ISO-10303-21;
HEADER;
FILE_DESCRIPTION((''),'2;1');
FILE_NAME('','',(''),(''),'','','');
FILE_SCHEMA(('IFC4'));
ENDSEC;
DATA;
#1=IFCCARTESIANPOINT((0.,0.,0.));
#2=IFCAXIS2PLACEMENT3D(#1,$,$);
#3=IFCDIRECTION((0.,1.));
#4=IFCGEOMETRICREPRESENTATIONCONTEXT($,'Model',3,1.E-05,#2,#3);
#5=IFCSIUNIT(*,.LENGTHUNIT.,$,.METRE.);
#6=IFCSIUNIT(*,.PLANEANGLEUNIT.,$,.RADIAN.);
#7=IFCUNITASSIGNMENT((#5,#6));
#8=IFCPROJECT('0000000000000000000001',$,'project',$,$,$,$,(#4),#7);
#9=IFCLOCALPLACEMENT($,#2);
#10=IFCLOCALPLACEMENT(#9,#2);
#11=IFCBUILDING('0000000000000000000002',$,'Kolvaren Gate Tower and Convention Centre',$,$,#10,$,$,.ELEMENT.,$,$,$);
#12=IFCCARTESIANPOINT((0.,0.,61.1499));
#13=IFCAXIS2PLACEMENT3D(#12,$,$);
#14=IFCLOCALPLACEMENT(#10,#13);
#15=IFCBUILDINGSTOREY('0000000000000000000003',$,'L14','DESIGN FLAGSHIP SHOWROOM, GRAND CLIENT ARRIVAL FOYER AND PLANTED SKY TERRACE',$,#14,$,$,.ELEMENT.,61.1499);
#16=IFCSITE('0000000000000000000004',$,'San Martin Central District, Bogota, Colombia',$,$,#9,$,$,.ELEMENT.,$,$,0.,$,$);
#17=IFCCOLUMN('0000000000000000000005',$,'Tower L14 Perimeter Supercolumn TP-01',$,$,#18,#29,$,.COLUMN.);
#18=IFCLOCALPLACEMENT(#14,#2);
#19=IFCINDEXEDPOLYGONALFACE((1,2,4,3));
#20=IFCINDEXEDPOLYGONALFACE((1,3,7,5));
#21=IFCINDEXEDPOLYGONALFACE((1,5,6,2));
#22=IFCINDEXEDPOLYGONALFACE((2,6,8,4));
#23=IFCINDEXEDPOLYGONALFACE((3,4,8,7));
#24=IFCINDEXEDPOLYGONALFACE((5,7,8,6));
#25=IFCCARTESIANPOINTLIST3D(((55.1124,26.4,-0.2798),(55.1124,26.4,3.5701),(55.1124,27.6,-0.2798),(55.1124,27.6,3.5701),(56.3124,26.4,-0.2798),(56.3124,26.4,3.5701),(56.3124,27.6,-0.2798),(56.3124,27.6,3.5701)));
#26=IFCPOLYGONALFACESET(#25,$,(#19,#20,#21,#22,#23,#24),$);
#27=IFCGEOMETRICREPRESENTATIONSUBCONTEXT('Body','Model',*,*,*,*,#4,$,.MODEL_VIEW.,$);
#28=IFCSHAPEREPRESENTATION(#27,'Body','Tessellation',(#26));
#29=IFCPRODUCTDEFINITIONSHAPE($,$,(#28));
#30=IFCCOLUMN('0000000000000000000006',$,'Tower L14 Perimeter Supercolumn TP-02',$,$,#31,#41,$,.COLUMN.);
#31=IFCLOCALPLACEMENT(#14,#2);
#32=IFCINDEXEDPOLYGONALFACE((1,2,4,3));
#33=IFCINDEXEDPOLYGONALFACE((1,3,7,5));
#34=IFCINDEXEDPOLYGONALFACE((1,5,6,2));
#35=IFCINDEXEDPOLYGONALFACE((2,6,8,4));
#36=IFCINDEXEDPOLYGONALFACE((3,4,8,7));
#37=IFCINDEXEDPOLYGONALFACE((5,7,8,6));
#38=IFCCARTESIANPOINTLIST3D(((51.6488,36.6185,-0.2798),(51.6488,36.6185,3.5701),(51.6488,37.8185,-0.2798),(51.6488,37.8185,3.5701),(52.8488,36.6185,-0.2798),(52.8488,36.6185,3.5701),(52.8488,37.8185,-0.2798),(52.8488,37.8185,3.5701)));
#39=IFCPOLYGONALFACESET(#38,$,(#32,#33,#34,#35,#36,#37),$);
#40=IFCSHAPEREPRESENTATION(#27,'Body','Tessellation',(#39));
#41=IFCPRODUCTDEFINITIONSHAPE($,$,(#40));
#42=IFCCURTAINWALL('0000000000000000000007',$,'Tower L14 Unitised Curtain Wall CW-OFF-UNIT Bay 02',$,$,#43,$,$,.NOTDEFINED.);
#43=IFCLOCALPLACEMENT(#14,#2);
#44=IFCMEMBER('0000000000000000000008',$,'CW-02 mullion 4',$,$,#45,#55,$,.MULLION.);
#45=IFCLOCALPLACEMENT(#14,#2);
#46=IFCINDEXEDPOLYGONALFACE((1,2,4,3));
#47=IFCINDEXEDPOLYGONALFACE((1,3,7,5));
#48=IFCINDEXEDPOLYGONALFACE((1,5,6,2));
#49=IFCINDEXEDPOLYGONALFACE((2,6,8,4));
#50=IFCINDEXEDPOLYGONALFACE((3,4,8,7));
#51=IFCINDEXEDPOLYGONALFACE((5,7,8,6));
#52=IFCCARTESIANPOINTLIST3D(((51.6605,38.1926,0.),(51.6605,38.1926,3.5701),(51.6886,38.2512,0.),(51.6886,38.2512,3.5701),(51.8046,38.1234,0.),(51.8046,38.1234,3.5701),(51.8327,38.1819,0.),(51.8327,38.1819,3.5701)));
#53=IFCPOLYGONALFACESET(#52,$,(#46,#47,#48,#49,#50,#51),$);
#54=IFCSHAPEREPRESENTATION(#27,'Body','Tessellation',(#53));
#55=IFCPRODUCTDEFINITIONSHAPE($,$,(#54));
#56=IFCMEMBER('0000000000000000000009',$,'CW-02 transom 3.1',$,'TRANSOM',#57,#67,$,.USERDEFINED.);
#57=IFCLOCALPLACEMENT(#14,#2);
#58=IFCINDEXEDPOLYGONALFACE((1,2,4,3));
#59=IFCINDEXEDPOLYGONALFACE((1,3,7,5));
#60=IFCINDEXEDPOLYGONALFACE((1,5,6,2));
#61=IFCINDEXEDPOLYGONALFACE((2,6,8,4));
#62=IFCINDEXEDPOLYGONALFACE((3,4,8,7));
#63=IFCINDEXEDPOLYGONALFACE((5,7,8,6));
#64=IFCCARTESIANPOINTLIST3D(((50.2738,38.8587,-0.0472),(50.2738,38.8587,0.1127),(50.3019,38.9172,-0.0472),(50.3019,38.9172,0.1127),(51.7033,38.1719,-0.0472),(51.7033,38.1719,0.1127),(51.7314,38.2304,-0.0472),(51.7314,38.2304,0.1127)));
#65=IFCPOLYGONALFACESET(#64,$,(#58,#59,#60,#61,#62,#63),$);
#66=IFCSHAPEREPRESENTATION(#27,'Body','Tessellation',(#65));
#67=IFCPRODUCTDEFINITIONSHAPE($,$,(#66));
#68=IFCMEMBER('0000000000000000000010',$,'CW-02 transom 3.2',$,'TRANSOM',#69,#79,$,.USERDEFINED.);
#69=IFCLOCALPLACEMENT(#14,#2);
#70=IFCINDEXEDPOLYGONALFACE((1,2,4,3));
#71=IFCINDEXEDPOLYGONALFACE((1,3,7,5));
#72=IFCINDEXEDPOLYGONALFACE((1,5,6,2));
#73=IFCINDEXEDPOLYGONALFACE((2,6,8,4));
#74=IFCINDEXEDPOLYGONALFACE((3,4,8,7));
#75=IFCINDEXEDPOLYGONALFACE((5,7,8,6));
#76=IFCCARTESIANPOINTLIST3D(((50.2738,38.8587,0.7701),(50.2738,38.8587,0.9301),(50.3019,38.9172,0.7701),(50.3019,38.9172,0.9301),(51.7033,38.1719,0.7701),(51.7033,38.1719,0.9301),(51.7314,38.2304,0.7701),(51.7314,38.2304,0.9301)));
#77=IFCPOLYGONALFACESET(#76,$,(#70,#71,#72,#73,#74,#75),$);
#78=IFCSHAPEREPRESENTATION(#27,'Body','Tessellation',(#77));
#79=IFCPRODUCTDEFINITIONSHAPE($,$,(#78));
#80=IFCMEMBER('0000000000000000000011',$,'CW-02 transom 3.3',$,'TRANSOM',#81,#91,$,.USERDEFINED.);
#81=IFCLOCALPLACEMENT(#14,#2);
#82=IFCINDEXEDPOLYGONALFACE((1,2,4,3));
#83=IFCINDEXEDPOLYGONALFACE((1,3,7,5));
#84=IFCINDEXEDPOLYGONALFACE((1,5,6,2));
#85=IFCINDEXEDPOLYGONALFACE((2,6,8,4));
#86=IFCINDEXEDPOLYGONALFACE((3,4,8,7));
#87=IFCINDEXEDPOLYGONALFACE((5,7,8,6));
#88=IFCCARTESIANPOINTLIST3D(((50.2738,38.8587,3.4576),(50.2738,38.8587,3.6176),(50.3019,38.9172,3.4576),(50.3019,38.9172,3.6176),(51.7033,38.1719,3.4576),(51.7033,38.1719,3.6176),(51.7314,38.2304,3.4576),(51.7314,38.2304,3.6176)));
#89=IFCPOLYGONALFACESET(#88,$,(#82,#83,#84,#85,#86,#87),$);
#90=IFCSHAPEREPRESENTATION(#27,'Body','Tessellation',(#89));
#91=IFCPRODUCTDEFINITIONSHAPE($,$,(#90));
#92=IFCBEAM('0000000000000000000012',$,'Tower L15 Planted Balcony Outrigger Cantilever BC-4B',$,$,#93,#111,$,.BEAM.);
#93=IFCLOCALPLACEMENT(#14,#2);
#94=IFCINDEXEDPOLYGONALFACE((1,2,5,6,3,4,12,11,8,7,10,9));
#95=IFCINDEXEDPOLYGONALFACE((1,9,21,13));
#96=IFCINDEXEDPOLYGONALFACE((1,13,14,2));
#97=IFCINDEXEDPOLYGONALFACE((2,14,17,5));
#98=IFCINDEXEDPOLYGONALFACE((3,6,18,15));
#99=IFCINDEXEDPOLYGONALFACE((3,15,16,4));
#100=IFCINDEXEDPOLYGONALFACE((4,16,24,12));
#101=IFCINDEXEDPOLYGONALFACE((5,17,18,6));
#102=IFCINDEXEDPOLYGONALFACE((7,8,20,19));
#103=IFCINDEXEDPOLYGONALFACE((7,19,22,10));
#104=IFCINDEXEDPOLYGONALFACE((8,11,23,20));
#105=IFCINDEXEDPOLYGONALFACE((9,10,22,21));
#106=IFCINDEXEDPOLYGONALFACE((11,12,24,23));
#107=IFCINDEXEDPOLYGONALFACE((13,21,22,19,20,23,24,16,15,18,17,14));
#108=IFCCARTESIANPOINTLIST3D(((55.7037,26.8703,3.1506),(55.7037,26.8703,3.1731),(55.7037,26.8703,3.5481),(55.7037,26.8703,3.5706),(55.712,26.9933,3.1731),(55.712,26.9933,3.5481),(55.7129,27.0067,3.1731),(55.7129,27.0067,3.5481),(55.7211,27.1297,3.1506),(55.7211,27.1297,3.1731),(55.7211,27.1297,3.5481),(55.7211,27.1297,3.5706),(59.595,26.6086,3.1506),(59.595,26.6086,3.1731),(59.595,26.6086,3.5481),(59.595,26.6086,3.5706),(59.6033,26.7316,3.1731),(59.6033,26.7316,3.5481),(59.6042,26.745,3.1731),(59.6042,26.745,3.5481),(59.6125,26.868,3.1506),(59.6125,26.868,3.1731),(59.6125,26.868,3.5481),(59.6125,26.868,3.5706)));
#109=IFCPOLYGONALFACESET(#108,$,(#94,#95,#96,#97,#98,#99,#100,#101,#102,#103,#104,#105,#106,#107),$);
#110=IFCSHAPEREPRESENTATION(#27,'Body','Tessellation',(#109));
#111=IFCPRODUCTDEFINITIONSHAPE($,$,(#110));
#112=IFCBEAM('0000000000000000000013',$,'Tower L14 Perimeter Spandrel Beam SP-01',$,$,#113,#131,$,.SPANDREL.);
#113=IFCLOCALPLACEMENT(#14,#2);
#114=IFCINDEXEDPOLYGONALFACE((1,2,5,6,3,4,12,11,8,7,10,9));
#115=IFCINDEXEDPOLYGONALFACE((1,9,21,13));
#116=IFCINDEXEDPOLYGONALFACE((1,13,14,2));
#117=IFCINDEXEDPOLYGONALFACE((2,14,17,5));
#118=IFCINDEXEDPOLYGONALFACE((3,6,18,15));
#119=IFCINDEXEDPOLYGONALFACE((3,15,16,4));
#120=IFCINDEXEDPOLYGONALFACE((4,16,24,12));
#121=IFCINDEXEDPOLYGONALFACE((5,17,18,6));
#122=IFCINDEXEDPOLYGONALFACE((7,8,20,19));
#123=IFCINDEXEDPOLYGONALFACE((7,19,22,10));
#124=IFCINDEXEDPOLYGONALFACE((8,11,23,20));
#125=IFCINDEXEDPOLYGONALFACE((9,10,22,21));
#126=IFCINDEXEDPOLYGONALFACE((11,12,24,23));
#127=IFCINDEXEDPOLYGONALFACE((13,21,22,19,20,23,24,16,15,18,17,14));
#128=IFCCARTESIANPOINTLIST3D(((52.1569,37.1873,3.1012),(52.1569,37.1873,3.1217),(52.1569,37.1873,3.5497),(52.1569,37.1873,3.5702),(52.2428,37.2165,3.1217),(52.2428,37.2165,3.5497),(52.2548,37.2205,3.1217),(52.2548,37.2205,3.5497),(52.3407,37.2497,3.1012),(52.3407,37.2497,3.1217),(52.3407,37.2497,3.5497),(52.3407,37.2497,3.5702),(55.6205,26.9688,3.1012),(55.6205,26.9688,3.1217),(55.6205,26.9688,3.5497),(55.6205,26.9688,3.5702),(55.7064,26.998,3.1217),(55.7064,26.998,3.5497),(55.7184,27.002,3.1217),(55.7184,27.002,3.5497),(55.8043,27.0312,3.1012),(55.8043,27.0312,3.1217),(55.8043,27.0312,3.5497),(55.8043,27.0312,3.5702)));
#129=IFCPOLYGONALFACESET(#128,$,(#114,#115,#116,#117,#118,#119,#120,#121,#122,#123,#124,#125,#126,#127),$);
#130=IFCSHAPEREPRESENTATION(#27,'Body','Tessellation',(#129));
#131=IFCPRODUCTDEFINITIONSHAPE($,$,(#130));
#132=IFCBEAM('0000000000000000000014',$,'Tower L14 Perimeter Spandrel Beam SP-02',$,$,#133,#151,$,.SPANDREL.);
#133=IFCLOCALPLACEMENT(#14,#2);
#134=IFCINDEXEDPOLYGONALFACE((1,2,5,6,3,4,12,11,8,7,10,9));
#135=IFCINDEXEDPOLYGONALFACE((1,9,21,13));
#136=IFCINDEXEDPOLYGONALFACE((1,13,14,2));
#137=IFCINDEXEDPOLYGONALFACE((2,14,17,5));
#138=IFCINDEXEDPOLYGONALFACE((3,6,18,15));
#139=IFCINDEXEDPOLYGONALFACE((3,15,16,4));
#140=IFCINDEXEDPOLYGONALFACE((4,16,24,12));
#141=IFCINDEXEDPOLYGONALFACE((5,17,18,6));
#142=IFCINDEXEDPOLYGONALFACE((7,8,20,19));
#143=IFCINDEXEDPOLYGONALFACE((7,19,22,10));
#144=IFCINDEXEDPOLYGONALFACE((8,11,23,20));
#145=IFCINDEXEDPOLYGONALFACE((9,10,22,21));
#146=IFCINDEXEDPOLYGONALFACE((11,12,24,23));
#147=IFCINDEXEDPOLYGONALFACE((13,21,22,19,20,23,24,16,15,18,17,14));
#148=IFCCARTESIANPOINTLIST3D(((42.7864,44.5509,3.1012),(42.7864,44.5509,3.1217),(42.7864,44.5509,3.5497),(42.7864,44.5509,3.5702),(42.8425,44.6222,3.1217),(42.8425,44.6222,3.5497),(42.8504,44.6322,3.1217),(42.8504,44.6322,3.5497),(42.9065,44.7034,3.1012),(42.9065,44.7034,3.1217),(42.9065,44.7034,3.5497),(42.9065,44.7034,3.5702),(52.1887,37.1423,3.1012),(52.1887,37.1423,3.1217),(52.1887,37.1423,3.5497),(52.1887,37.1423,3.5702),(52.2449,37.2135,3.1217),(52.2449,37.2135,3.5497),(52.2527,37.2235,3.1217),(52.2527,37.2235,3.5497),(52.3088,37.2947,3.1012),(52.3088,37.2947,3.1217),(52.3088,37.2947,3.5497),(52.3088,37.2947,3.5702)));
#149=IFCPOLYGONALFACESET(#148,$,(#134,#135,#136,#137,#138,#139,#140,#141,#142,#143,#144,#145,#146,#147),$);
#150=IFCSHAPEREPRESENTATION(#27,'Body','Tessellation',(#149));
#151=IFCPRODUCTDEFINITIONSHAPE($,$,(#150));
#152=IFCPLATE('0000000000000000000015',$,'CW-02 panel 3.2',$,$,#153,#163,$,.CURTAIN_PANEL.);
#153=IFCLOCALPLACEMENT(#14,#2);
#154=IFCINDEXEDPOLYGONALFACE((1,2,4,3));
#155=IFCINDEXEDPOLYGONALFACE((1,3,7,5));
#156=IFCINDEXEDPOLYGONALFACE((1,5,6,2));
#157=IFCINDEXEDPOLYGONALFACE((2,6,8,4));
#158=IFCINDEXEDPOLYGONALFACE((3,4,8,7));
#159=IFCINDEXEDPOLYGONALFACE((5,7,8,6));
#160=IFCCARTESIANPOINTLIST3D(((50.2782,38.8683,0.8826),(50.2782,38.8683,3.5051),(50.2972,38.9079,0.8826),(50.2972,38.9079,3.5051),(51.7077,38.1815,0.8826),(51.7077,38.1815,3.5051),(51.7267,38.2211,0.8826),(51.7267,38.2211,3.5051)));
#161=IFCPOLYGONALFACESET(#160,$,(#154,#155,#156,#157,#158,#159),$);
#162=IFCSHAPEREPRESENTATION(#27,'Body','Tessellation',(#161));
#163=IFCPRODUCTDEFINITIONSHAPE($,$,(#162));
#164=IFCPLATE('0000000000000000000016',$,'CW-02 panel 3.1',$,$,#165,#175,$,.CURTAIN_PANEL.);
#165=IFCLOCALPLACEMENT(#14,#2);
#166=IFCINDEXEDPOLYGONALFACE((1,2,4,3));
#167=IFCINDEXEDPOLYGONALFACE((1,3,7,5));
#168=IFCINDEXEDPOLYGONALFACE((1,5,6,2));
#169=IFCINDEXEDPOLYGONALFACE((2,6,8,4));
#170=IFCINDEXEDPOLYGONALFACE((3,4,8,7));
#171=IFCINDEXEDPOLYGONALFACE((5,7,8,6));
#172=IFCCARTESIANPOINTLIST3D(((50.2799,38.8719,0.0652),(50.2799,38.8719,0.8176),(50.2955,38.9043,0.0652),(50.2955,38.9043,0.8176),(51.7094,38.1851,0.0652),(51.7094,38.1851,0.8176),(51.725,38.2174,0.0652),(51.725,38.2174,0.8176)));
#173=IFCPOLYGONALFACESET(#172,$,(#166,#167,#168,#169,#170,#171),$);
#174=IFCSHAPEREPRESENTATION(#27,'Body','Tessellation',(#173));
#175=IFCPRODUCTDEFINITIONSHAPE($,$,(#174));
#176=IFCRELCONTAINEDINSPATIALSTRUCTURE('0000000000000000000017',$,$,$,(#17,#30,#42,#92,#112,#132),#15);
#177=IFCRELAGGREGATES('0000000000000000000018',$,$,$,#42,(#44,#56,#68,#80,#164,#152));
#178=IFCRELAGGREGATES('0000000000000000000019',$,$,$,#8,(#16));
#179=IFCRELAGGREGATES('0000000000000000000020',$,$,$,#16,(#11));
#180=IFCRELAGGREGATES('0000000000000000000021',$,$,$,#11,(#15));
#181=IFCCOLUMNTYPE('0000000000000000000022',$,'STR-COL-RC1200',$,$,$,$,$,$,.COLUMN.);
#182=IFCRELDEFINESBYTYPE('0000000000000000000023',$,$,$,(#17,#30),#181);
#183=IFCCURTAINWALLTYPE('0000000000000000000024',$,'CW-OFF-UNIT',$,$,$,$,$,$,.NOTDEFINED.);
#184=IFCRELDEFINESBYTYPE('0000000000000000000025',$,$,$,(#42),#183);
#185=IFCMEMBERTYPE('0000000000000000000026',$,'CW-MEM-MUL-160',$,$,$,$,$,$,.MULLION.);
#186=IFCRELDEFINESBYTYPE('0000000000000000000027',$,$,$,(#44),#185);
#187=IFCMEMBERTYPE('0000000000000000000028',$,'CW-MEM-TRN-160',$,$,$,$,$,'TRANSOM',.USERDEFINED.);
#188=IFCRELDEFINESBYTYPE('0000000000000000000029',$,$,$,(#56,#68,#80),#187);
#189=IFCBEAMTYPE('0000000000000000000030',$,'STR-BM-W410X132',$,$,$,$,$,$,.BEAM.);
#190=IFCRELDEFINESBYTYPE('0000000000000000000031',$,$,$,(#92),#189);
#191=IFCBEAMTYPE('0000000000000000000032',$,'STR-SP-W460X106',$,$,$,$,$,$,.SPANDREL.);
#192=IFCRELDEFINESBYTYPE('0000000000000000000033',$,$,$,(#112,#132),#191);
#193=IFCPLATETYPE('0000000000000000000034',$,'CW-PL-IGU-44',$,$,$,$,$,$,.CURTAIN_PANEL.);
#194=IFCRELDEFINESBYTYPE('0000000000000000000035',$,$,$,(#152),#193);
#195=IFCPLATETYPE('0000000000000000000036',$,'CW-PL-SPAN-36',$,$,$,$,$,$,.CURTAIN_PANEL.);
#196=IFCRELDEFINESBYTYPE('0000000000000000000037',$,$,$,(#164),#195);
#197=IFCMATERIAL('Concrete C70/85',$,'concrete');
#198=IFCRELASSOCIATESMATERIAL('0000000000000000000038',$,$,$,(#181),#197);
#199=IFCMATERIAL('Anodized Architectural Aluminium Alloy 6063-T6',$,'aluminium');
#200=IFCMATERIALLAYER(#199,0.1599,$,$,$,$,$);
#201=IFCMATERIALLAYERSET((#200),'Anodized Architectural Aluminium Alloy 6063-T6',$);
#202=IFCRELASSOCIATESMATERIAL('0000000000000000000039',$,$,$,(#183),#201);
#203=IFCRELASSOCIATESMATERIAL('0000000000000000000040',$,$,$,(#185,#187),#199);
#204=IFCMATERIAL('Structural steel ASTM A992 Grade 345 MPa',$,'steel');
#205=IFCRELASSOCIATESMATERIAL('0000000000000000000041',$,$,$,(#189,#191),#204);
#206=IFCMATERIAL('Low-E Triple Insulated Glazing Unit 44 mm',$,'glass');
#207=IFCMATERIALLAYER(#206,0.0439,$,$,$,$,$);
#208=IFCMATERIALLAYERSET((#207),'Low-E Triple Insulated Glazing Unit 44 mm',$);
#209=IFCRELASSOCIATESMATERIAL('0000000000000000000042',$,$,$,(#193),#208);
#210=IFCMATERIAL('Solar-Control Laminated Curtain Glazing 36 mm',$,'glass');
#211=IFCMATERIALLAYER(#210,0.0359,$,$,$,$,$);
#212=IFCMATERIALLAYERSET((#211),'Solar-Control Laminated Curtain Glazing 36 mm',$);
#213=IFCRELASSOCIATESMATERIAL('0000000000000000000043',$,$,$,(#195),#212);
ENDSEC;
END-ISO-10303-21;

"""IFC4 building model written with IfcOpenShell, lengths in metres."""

from ifc_helpers import new_model, si_unit, direction, frame, origin, origin_2d, place, context, subcontext, project, spatial, rectangle, i_section, extrude, material, layer, layer_set, material_profile, profile_set, type_object, element, aggregate, save


model = new_model("IFC4")

# Units and contexts
model_context = context("Model", 3, precision=1e-05, world=origin(), true_north=direction((0.0, 1.0)))
body_context = subcontext(model_context, "Body", "Model", "MODEL_VIEW")
ifc_project = project(units=[si_unit("LENGTHUNIT", "METRE"), si_unit("PLANEANGLEUNIT", "RADIAN")], contexts=[model_context])

# Site, building, storey
site_placement = place(None, origin())
site = spatial("IfcSite", under=ifc_project, at=site_placement, Name="San Martin Central District, Bogota, Colombia", CompositionType="ELEMENT", RefElevation=0.0)
building_placement = place(site_placement, origin())
building = spatial("IfcBuilding", under=site, at=building_placement, Name="Kolvaren Gate Tower and Convention Centre", CompositionType="ELEMENT")
storey_placement = place(building_placement, frame((0.0, 0.0, 61.1499)))
storey = spatial("IfcBuildingStorey", under=building, at=storey_placement, Name="L14", Description="DESIGN FLAGSHIP SHOWROOM, GRAND CLIENT ARRIVAL FOYER AND PLANTED SKY TERRACE", CompositionType="ELEMENT", Elevation=61.1499)

# Columns
ifc_material_1 = material(Name="Concrete C70/85", Category="concrete")
ifc_material_profile_1 = material_profile(ifc_material_1, rectangle(XDim=1.2, YDim=1.2, at=origin_2d()), Name="RC-COL-1200X1200")
ifc_profile_set_1 = profile_set([ifc_material_profile_1], Name="Concrete C70/85")
column_type = type_object("IfcColumnType", Name="STR-COL-RC1200", PredefinedType="COLUMN", material=ifc_profile_set_1)
for number, where, z_axis, x_axis, name in (
    (1, (55.7124, 27.0, -0.2798), (0.0, 0.0, 1.0), (1.0, 0.0, 0.0), "Tower L14 Perimeter Supercolumn TP-01"),
    (2, (52.2488, 37.2185, -0.2798), (0.0, 0.0, 1.0), (1.0, 0.0, 0.0), "Tower L14 Perimeter Supercolumn TP-02"),
):
    element("IfcColumn", number, at=place(storey_placement, frame(where, z_axis=z_axis, x_axis=x_axis)), inside=storey, type_object=column_type, Name=name, PredefinedType="COLUMN", context=body_context, shape_type="SweptSolid", body=[
        extrude(rectangle(XDim=1.2, YDim=1.2, at=origin_2d()), origin(), (0.0, 0.0, 1.0), 3.8499),
    ])

# Curtain wall, members
ifc_material_2 = material(Name="Anodized Architectural Aluminium Alloy 6063-T6", Category="aluminium")
ifc_layer_1 = layer(ifc_material_2, 0.1599)
ifc_layer_set_1 = layer_set([ifc_layer_1], Name="Anodized Architectural Aluminium Alloy 6063-T6")
curtain_wall_type = type_object("IfcCurtainWallType", Name="CW-OFF-UNIT", PredefinedType="NOTDEFINED", material=ifc_layer_set_1)
curtain_wall_placement = place(storey_placement, origin())
curtain_wall = element("IfcCurtainWall", 3, at=curtain_wall_placement, inside=storey, type_object=curtain_wall_type, Name="Tower L14 Unitised Curtain Wall CW-OFF-UNIT Bay 02", PredefinedType="NOTDEFINED")
ifc_material_profile_2 = material_profile(ifc_material_2, rectangle(XDim=0.0649, YDim=0.1599, at=origin_2d()), Name="CW-MEM-MUL-160")
ifc_profile_set_2 = profile_set([ifc_material_profile_2], Name="Anodized Architectural Aluminium Alloy 6063-T6")
member_type_1 = type_object("IfcMemberType", Name="CW-MEM-MUL-160", PredefinedType="MULLION", material=ifc_profile_set_2)
member_1_placement = place(storey_placement, frame((51.7466, 38.1873, 0.0), z_axis=(0.0, 0.0, 1.0), x_axis=(0.433067, 0.901362, 0.0)))
member_1 = element("IfcMember", 4, at=member_1_placement, type_object=member_type_1, Name="CW-02 mullion 4", PredefinedType="MULLION", context=body_context, shape_type="SweptSolid", body=[
    extrude(rectangle(XDim=0.0649, YDim=0.1599, at=origin_2d()), origin(), (0.0, 0.0, 1.0), 3.5701),
])
ifc_material_profile_3 = material_profile(ifc_material_2, rectangle(XDim=0.0649, YDim=0.1599, at=origin_2d()), Name="CW-MEM-TRN-160")
ifc_profile_set_3 = profile_set([ifc_material_profile_3], Name="Anodized Architectural Aluminium Alloy 6063-T6")
member_type_2 = type_object("IfcMemberType", Name="CW-MEM-TRN-160", ElementType="TRANSOM", PredefinedType="USERDEFINED", material=ifc_profile_set_3)
member_2_placement = place(storey_placement, frame((50.2878, 38.8879, 0.0327), z_axis=(0.901367, -0.433056, 0.0), x_axis=(0.433056, 0.901367, 0.0)))
member_2 = element("IfcMember", 5, at=member_2_placement, type_object=member_type_2, Name="CW-02 transom 3.1", ObjectType="TRANSOM", PredefinedType="USERDEFINED", context=body_context, shape_type="SweptSolid", body=[
    extrude(rectangle(XDim=0.0649, YDim=0.1599, at=origin_2d()), origin(), (0.0, 0.0, 1.0), 1.5859),
])
member_3_placement = place(storey_placement, frame((50.2878, 38.8879, 0.8501), z_axis=(0.901367, -0.433056, 0.0), x_axis=(0.433056, 0.901367, 0.0)))
member_3 = element("IfcMember", 6, at=member_3_placement, type_object=member_type_2, Name="CW-02 transom 3.2", ObjectType="TRANSOM", PredefinedType="USERDEFINED", context=body_context, shape_type="SweptSolid", body=[
    extrude(rectangle(XDim=0.0649, YDim=0.1599, at=origin_2d()), origin(), (0.0, 0.0, 1.0), 1.5859),
])
member_4_placement = place(storey_placement, frame((50.2878, 38.8879, 3.5376), z_axis=(0.901367, -0.433056, 0.0), x_axis=(0.433056, 0.901367, 0.0)))
member_4 = element("IfcMember", 7, at=member_4_placement, type_object=member_type_2, Name="CW-02 transom 3.3", ObjectType="TRANSOM", PredefinedType="USERDEFINED", context=body_context, shape_type="SweptSolid", body=[
    extrude(rectangle(XDim=0.0649, YDim=0.1599, at=origin_2d()), origin(), (0.0, 0.0, 1.0), 1.5859),
])

# Beams
ifc_material_3 = material(Name="Structural steel ASTM A992 Grade 345 MPa", Category="steel")
ifc_material_profile_4 = material_profile(ifc_material_3, i_section(OverallWidth=0.26, OverallDepth=0.4199, WebThickness=0.0134, FlangeThickness=0.0225, at=origin_2d()), Name="W410X132")
ifc_profile_set_4 = profile_set([ifc_material_profile_4], Name="Structural steel ASTM A992 Grade 345 MPa")
beam_type_1 = type_object("IfcBeamType", Name="STR-BM-W410X132", PredefinedType="BEAM", material=ifc_profile_set_4)
beam_1_placement = place(storey_placement, frame((55.7124, 27.0, 3.3606), z_axis=(0.997746, -0.067105, 0.0), x_axis=(0.067105, 0.997746, 0.0)))
element("IfcBeam", 8, at=beam_1_placement, inside=storey, type_object=beam_type_1, Name="Tower L15 Planted Balcony Outrigger Cantilever BC-4B", PredefinedType="BEAM", context=body_context, shape_type="SweptSolid", body=[
    extrude(i_section(OverallWidth=0.26, OverallDepth=0.4199, WebThickness=0.0134, FlangeThickness=0.0225, at=origin_2d()), origin(), (0.0, 0.0, 1.0), 3.9001),
])
ifc_material_profile_5 = material_profile(ifc_material_3, i_section(OverallWidth=0.1941, OverallDepth=0.469, WebThickness=0.0127, FlangeThickness=0.0205, at=origin_2d()), Name="W460X106")
ifc_profile_set_5 = profile_set([ifc_material_profile_5], Name="Structural steel ASTM A992 Grade 345 MPa")
beam_type_2 = type_object("IfcBeamType", Name="STR-SP-W460X106", PredefinedType="SPANDREL", material=ifc_profile_set_5)
beam_2_placement = place(storey_placement, frame((55.7124, 27.0, 3.3357), z_axis=(-0.321016, 0.947074, 0.0), x_axis=(-0.947074, -0.321016, 0.0)))
element("IfcBeam", 9, at=beam_2_placement, inside=storey, type_object=beam_type_2, Name="Tower L14 Perimeter Spandrel Beam SP-01", PredefinedType="SPANDREL", context=body_context, shape_type="SweptSolid", body=[
    extrude(i_section(OverallWidth=0.1941, OverallDepth=0.469, WebThickness=0.0127, FlangeThickness=0.0205, at=origin_2d()), origin(), (0.0, 0.0, 1.0), 10.7896),
])
beam_3_placement = place(storey_placement, frame((52.2488, 37.2185, 3.3357), z_axis=(-0.78546, 0.618913, 0.0), x_axis=(-0.618913, -0.78546, 0.0)))
element("IfcBeam", 10, at=beam_3_placement, inside=storey, type_object=beam_type_2, Name="Tower L14 Perimeter Spandrel Beam SP-02", PredefinedType="SPANDREL", context=body_context, shape_type="SweptSolid", body=[
    extrude(i_section(OverallWidth=0.1941, OverallDepth=0.469, WebThickness=0.0127, FlangeThickness=0.0205, at=origin_2d()), origin(), (0.0, 0.0, 1.0), 11.9705),
])

# Plates
ifc_material_4 = material(Name="Low-E Triple Insulated Glazing Unit 44 mm", Category="glass")
ifc_layer_2 = layer(ifc_material_4, 0.0439)
ifc_layer_set_2 = layer_set([ifc_layer_2], Name="Low-E Triple Insulated Glazing Unit 44 mm")
plate_type_1 = type_object("IfcPlateType", Name="CW-PL-IGU-44", PredefinedType="CURTAIN_PANEL", material=ifc_layer_set_2)
plate_1_placement = place(storey_placement, frame((51.0024, 38.5447, 0.8826), z_axis=(0.0, 0.0, 1.0), x_axis=(0.901362, -0.433067, 0.0)))
plate_1 = element("IfcPlate", 11, at=plate_1_placement, type_object=plate_type_1, Name="CW-02 panel 3.2", PredefinedType="CURTAIN_PANEL", context=body_context, shape_type="SweptSolid", body=[
    extrude(rectangle(XDim=1.5859, YDim=0.0439, at=origin_2d()), origin(), (0.0, 0.0, 1.0), 2.6226),
])
ifc_material_5 = material(Name="Solar-Control Laminated Curtain Glazing 36 mm", Category="glass")
ifc_layer_3 = layer(ifc_material_5, 0.0359)
ifc_layer_set_3 = layer_set([ifc_layer_3], Name="Solar-Control Laminated Curtain Glazing 36 mm")
plate_type_2 = type_object("IfcPlateType", Name="CW-PL-SPAN-36", PredefinedType="CURTAIN_PANEL", material=ifc_layer_set_3)
plate_2_placement = place(storey_placement, frame((51.0024, 38.5447, 0.0652), z_axis=(0.0, 0.0, 1.0), x_axis=(0.901362, -0.433067, 0.0)))
plate_2 = element("IfcPlate", 12, at=plate_2_placement, type_object=plate_type_2, Name="CW-02 panel 3.1", PredefinedType="CURTAIN_PANEL", context=body_context, shape_type="SweptSolid", body=[
    extrude(rectangle(XDim=1.5859, YDim=0.0359, at=origin_2d()), origin(), (0.0, 0.0, 1.0), 0.7524),
])
aggregate(curtain_wall, [member_1, member_2, member_3, member_4, plate_2, plate_1])

save(model, "model.ifc")
